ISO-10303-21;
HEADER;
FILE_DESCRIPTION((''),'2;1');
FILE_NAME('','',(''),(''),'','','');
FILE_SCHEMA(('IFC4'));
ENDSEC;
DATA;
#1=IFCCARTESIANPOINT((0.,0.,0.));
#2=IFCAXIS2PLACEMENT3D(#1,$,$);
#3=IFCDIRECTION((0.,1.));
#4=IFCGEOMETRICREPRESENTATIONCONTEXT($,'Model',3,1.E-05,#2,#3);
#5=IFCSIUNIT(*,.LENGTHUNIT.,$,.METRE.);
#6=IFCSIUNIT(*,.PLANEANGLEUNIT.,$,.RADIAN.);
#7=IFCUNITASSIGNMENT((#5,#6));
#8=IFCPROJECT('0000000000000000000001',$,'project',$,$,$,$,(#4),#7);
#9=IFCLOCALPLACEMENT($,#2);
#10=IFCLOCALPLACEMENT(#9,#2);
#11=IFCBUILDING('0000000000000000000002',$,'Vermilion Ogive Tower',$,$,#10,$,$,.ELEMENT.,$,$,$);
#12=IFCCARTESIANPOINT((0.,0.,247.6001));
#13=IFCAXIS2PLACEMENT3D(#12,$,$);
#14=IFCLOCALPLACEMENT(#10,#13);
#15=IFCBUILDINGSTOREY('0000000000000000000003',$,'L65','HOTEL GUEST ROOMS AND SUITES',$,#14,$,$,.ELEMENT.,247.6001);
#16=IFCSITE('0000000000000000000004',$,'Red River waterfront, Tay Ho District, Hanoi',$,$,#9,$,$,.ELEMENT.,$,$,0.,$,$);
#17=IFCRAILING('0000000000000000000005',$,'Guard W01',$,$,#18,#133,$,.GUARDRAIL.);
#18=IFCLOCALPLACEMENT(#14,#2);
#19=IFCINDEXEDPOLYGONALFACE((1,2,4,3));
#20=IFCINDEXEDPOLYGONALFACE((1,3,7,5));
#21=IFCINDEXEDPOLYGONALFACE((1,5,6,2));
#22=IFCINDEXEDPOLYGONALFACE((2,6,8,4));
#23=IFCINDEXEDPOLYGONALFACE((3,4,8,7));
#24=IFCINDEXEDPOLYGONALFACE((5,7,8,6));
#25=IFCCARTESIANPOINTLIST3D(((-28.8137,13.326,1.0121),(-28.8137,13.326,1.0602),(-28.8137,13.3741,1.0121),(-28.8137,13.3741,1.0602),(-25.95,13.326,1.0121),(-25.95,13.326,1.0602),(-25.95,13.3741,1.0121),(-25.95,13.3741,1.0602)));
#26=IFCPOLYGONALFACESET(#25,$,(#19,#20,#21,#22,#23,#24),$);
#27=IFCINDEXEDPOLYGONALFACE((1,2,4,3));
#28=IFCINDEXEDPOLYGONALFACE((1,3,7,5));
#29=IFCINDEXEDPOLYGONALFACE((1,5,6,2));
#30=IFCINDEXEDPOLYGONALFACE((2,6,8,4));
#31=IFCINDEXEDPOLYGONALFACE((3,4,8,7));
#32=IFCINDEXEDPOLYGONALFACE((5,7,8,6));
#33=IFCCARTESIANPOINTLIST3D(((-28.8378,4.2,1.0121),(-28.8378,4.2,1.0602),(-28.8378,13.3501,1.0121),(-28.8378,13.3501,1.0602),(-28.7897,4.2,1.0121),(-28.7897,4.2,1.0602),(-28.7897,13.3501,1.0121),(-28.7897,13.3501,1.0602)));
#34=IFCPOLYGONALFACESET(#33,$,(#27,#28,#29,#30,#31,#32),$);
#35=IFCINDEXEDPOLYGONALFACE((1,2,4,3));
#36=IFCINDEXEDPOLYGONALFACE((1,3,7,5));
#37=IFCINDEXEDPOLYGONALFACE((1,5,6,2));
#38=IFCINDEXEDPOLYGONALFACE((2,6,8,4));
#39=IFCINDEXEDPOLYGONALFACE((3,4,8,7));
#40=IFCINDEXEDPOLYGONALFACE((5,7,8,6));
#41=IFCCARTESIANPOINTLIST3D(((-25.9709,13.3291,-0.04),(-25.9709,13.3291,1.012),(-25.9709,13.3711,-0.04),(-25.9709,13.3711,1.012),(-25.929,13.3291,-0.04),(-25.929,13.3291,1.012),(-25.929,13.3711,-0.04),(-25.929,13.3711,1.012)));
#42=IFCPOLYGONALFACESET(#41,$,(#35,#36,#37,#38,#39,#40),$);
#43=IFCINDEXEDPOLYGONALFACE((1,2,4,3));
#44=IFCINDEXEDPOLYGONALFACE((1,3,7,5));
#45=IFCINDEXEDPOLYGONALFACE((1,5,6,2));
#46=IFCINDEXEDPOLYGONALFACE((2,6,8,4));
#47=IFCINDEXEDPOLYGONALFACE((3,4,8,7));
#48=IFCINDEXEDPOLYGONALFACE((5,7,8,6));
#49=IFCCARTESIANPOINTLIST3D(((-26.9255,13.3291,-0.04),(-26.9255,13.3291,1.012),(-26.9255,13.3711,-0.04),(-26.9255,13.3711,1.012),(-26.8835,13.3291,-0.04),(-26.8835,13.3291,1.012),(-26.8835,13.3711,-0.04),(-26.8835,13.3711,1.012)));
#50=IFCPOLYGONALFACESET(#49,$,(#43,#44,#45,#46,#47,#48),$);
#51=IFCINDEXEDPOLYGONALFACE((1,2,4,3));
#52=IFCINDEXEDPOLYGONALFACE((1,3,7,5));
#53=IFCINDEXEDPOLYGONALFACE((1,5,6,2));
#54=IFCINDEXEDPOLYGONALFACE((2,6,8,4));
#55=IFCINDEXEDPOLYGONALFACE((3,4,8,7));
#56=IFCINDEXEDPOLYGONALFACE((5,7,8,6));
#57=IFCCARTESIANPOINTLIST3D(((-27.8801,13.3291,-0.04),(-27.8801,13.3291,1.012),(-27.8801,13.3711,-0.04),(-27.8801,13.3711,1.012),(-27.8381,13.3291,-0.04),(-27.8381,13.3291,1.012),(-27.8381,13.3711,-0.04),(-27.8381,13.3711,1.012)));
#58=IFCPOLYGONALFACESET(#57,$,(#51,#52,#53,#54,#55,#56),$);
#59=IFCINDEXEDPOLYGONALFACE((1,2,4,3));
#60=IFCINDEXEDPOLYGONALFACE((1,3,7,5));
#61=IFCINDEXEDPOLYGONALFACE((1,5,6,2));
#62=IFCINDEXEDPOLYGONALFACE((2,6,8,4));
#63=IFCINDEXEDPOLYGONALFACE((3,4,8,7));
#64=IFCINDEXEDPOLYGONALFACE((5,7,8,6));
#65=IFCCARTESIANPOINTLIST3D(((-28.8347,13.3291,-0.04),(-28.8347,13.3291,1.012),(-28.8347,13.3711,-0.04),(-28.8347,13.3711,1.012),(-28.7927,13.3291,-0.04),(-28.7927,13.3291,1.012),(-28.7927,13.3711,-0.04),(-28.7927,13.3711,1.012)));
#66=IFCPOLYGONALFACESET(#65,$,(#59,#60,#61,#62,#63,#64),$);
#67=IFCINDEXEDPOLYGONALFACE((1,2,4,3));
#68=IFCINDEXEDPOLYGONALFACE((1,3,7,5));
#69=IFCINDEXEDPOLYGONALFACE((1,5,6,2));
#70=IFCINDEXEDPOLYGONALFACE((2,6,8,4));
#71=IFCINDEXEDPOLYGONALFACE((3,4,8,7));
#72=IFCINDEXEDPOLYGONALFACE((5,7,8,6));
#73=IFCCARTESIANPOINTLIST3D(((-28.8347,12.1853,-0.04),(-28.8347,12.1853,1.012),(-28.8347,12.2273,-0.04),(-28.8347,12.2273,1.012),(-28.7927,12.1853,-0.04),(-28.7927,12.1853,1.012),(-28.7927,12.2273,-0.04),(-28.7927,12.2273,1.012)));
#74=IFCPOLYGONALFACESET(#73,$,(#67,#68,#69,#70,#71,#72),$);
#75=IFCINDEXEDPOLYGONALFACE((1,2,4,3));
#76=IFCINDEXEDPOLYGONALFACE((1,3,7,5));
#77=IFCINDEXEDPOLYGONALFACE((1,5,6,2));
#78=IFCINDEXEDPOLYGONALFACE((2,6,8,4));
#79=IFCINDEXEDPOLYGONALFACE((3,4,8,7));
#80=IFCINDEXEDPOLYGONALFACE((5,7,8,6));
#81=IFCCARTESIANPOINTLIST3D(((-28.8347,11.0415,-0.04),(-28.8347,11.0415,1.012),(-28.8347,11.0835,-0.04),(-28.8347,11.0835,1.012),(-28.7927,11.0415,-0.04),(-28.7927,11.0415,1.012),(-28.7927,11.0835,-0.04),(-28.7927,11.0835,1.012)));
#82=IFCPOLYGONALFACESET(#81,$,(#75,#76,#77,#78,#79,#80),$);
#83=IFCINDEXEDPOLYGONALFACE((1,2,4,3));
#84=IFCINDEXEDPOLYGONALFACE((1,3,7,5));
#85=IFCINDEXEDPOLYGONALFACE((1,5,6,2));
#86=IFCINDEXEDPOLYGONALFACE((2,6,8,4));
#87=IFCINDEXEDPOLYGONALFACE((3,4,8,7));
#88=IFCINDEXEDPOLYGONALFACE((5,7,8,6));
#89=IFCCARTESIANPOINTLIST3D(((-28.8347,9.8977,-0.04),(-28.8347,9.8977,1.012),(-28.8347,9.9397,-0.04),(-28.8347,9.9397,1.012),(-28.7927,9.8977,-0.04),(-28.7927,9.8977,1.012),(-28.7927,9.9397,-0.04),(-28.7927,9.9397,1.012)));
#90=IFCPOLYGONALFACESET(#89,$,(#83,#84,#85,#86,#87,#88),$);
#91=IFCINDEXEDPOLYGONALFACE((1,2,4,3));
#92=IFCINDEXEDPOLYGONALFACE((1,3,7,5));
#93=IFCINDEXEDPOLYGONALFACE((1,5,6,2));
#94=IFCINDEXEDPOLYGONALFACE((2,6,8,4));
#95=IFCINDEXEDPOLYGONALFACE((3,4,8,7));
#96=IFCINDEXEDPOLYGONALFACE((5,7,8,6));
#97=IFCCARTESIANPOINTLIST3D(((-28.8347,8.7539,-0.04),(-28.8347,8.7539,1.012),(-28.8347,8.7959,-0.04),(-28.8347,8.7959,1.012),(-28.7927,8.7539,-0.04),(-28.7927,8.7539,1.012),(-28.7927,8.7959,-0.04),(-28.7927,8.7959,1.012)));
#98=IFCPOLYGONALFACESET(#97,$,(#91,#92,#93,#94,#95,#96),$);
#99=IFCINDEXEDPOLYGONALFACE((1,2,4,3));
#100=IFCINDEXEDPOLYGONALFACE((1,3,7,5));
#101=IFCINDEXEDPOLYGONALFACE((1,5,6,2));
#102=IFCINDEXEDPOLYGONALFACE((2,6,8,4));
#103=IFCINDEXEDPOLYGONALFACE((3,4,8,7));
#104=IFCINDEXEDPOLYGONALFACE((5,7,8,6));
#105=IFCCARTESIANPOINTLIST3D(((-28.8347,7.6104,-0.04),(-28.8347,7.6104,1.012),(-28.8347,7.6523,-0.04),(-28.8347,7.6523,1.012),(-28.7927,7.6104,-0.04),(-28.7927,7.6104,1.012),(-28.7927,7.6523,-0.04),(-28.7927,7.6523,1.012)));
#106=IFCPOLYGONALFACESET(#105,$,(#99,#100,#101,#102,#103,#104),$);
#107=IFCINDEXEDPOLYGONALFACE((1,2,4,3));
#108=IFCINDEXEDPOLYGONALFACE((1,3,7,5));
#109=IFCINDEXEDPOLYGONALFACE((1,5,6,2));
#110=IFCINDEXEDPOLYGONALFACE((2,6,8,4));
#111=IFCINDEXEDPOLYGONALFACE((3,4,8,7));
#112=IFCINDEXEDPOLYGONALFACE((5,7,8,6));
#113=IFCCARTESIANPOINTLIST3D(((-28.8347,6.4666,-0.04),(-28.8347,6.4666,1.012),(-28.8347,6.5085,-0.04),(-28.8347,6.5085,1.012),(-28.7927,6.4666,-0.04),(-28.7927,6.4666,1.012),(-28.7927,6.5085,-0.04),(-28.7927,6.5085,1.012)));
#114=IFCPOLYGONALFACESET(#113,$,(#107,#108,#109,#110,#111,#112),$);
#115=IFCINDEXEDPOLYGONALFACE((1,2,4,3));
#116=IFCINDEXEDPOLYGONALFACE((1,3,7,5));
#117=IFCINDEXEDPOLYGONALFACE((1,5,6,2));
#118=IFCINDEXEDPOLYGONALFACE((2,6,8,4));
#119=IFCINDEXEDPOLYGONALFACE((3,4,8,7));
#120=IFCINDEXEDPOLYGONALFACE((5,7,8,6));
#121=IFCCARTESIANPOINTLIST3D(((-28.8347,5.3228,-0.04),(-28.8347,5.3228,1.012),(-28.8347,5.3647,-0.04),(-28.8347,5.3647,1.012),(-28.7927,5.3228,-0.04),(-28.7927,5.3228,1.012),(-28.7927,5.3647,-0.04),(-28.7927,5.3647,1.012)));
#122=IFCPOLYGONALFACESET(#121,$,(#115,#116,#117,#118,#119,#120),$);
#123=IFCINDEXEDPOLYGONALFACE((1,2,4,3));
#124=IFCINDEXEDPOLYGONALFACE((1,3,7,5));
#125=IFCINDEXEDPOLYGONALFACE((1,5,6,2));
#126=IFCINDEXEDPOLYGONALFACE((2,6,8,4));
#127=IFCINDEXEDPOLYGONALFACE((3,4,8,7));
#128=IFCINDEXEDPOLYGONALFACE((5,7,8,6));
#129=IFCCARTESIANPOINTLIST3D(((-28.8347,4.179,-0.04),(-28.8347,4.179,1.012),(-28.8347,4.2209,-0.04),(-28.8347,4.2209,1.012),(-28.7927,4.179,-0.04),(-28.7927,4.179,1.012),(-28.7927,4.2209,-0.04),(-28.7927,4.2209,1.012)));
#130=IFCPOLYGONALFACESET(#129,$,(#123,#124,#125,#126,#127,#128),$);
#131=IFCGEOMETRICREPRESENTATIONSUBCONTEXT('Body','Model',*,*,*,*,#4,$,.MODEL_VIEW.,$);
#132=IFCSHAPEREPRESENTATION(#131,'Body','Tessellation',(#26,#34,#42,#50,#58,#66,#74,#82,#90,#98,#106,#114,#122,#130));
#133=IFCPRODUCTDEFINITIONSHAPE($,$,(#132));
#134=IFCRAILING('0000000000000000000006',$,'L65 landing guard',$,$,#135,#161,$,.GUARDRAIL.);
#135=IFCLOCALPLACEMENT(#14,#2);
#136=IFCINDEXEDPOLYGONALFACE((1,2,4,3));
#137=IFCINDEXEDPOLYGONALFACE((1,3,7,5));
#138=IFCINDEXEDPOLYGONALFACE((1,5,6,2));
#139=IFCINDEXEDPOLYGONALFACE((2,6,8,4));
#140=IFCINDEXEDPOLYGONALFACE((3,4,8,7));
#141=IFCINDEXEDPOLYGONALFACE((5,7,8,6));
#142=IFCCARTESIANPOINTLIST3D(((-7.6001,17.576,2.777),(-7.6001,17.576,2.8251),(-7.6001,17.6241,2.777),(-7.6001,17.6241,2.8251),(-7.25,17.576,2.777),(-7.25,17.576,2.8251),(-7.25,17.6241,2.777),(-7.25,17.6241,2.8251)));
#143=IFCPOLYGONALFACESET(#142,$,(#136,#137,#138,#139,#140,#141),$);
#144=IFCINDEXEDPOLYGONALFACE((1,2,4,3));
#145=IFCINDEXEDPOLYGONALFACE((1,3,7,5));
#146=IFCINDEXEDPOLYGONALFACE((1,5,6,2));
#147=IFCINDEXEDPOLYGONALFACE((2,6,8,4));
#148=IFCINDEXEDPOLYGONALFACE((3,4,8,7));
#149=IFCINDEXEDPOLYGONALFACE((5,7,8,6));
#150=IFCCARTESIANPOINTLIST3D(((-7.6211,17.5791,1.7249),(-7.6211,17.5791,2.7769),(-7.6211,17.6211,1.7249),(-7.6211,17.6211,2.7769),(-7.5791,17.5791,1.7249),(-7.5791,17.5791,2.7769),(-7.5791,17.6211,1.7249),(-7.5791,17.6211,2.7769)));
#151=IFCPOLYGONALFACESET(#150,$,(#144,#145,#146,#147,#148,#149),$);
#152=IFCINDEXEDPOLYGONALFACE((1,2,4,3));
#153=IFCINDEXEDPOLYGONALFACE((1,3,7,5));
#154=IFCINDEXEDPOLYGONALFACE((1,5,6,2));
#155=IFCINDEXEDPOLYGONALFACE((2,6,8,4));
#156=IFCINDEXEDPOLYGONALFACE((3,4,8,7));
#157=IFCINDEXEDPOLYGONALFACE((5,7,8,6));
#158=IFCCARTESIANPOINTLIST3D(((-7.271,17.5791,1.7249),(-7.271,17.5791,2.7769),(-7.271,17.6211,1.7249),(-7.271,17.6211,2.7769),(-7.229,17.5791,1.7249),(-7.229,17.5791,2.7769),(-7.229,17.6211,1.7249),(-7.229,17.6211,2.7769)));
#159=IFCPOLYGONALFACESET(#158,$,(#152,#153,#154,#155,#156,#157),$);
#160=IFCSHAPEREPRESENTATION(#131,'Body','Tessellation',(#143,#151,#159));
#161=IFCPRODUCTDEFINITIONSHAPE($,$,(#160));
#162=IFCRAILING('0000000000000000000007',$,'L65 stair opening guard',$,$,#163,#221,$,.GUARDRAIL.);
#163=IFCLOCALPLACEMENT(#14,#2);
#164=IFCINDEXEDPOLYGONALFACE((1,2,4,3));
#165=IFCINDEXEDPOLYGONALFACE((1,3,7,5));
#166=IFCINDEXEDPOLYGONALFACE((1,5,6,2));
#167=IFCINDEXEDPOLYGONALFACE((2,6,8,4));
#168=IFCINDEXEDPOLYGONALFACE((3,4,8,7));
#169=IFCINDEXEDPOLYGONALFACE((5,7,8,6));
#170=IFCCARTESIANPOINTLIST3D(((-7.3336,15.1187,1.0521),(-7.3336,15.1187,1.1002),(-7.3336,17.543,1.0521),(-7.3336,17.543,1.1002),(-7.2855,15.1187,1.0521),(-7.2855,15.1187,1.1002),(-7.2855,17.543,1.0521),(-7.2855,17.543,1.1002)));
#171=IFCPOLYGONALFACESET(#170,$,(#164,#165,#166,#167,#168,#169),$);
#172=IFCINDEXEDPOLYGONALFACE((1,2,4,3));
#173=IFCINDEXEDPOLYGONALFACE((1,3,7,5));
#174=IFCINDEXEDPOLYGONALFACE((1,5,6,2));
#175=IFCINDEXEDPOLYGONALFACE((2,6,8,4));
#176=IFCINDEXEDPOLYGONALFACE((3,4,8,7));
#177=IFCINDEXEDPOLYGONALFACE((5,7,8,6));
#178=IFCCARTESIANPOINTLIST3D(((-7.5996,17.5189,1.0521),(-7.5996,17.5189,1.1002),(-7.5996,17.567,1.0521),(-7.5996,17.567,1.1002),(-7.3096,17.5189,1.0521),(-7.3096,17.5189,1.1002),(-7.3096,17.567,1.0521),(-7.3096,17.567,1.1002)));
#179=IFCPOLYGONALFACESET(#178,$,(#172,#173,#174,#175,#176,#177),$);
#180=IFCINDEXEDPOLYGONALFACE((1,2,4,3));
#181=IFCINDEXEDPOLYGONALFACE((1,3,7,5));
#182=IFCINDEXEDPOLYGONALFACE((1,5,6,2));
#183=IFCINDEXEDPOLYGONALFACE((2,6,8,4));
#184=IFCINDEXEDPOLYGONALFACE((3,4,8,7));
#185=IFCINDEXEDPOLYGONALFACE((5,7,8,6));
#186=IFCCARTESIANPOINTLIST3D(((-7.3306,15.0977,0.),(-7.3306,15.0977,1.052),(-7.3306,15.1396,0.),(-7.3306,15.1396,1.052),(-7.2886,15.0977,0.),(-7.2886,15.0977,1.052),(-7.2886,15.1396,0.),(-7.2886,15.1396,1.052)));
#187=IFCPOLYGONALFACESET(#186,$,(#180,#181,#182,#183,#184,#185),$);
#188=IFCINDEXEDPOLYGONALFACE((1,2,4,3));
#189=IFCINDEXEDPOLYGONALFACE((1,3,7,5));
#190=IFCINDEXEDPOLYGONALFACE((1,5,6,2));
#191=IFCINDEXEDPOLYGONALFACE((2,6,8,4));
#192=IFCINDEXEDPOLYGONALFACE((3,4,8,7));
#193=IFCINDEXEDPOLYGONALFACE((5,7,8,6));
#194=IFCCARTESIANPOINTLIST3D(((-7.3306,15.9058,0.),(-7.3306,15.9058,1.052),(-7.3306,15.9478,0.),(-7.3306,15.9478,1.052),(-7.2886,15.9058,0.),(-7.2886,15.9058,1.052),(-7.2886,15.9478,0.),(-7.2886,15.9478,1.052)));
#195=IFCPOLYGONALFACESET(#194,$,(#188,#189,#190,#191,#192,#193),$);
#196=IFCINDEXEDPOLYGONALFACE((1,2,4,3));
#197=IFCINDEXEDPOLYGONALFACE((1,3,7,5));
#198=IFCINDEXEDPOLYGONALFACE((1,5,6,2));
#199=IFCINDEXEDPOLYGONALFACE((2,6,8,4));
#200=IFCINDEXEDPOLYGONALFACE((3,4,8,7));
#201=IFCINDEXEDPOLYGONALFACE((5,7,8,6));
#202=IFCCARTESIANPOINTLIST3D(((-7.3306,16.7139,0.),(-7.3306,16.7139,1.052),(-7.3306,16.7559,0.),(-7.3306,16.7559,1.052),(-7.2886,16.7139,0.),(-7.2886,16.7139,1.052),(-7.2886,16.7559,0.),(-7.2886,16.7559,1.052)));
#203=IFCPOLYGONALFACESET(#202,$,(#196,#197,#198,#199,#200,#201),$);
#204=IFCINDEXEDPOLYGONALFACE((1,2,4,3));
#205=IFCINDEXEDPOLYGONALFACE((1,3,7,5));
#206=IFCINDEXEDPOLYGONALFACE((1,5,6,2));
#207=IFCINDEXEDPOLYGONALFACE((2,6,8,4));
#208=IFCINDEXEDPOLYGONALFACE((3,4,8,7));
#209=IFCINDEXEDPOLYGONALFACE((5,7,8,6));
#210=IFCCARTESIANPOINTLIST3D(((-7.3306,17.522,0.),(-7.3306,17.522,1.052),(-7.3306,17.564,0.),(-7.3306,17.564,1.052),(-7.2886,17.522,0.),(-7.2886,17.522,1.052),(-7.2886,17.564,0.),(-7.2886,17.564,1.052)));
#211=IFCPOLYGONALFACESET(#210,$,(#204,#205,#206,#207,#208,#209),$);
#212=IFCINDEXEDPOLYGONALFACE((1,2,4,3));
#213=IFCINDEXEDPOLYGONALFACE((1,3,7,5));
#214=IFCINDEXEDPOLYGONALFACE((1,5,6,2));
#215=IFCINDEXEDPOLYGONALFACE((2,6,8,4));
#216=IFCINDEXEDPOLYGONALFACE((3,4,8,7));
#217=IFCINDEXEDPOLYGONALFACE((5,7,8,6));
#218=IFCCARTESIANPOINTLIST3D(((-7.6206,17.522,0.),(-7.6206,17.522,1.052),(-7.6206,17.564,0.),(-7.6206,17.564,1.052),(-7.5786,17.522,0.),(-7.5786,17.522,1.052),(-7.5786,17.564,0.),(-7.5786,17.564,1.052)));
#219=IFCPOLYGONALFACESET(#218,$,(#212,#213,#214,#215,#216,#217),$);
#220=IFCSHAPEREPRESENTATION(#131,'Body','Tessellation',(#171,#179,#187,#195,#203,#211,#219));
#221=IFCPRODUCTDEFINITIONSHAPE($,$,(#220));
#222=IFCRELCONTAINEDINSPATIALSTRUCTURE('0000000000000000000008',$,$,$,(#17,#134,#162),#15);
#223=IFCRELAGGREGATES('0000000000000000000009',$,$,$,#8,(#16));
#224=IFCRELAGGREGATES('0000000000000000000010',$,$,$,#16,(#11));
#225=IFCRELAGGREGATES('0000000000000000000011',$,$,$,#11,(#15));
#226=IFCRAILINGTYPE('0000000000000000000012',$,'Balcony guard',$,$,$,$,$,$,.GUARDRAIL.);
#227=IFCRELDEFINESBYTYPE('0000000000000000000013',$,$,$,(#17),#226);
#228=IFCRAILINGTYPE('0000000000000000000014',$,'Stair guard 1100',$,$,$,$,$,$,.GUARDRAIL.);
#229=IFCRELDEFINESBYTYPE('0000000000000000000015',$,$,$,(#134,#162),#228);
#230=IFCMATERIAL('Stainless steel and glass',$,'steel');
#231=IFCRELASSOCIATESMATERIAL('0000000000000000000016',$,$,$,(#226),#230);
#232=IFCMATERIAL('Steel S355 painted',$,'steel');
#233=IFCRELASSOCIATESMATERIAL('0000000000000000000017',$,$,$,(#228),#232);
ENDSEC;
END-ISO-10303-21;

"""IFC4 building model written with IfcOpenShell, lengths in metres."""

from ifc_helpers import new_model, si_unit, direction, frame, origin, origin_2d, place, context, subcontext, project, spatial, rectangle, extrude, material, type_object, element, save


model = new_model("IFC4")

# Units and contexts
model_context = context("Model", 3, precision=1e-05, world=origin(), true_north=direction((0.0, 1.0)))
body_context = subcontext(model_context, "Body", "Model", "MODEL_VIEW")
ifc_project = project(units=[si_unit("LENGTHUNIT", "METRE"), si_unit("PLANEANGLEUNIT", "RADIAN")], contexts=[model_context])

# Site, building, storey
site_placement = place(None, origin())
site = spatial("IfcSite", under=ifc_project, at=site_placement, Name="Red River waterfront, Tay Ho District, Hanoi", CompositionType="ELEMENT", RefElevation=0.0)
building_placement = place(site_placement, origin())
building = spatial("IfcBuilding", under=site, at=building_placement, Name="Vermilion Ogive Tower", CompositionType="ELEMENT")
storey_placement = place(building_placement, frame((0.0, 0.0, 247.6001)))
storey = spatial("IfcBuildingStorey", under=building, at=storey_placement, Name="L65", Description="HOTEL GUEST ROOMS AND SUITES", CompositionType="ELEMENT", Elevation=247.6001)

# Railings
ifc_material_1 = material(Name="Stainless steel and glass", Category="steel")
railing_type_1 = type_object("IfcRailingType", Name="Balcony guard", PredefinedType="GUARDRAIL", material=ifc_material_1)
railing_1_placement = place(storey_placement, frame((-25.95, 13.3501, -0.04)))
element("IfcRailing", 1, at=railing_1_placement, inside=storey, type_object=railing_type_1, Name="Guard W01", PredefinedType="GUARDRAIL", context=body_context, shape_type="SweptSolid", body=[
    extrude(rectangle(XDim=0.0481, YDim=0.0481, at=origin_2d()), frame((0.0, 0.0, 1.0762), z_axis=(-1.0, 0.0, 0.0), x_axis=(0.0, -1.0, 0.0)), (0.0, 0.0, 1.0), 2.8638),
    extrude(rectangle(XDim=0.0481, YDim=0.0481, at=origin_2d()), frame((-2.8638, 0.0, 1.0762), z_axis=(0.0, -1.0, 0.0), x_axis=(1.0, 0.0, 0.0)), (0.0, 0.0, 1.0), 9.1501),
    extrude(rectangle(XDim=0.042, YDim=0.042, at=origin_2d()), origin(), (0.0, 0.0, 1.0), 1.052),
    extrude(rectangle(XDim=0.042, YDim=0.042, at=origin_2d()), frame((-0.9546, 0.0, 0.0)), (0.0, 0.0, 1.0), 1.052),
    extrude(rectangle(XDim=0.042, YDim=0.042, at=origin_2d()), frame((-1.9092, 0.0, 0.0)), (0.0, 0.0, 1.0), 1.052),
    extrude(rectangle(XDim=0.042, YDim=0.042, at=origin_2d()), frame((-2.8638, 0.0, 0.0)), (0.0, 0.0, 1.0), 1.052),
    extrude(rectangle(XDim=0.042, YDim=0.042, at=origin_2d()), frame((-2.8638, -1.1438, 0.0)), (0.0, 0.0, 1.0), 1.052),
    extrude(rectangle(XDim=0.042, YDim=0.042, at=origin_2d()), frame((-2.8638, -2.2876, 0.0)), (0.0, 0.0, 1.0), 1.052),
    extrude(rectangle(XDim=0.042, YDim=0.042, at=origin_2d()), frame((-2.8638, -3.4314, 0.0)), (0.0, 0.0, 1.0), 1.052),
    extrude(rectangle(XDim=0.042, YDim=0.042, at=origin_2d()), frame((-2.8638, -4.5752, 0.0)), (0.0, 0.0, 1.0), 1.052),
    extrude(rectangle(XDim=0.042, YDim=0.042, at=origin_2d()), frame((-2.8638, -5.7188, 0.0)), (0.0, 0.0, 1.0), 1.052),
    extrude(rectangle(XDim=0.042, YDim=0.042, at=origin_2d()), frame((-2.8638, -6.8625, 0.0)), (0.0, 0.0, 1.0), 1.052),
    extrude(rectangle(XDim=0.042, YDim=0.042, at=origin_2d()), frame((-2.8638, -8.0063, 0.0)), (0.0, 0.0, 1.0), 1.052),
    extrude(rectangle(XDim=0.042, YDim=0.042, at=origin_2d()), frame((-2.8638, -9.1501, 0.0)), (0.0, 0.0, 1.0), 1.052),
])
ifc_material_2 = material(Name="Steel S355 painted", Category="steel")
railing_type_2 = type_object("IfcRailingType", Name="Stair guard 1100", PredefinedType="GUARDRAIL", material=ifc_material_2)
railing_2_placement = place(storey_placement, frame((-7.6001, 17.6001, 1.7249)))
element("IfcRailing", 2, at=railing_2_placement, inside=storey, type_object=railing_type_2, Name="L65 landing guard", PredefinedType="GUARDRAIL", context=body_context, shape_type="SweptSolid", body=[
    extrude(rectangle(XDim=0.0481, YDim=0.0481, at=origin_2d()), frame((0.0, 0.0, 1.0762), z_axis=(1.0, 0.0, 0.0), x_axis=(0.0, 1.0, 0.0)), (0.0, 0.0, 1.0), 0.3501),
    extrude(rectangle(XDim=0.042, YDim=0.042, at=origin_2d()), origin(), (0.0, 0.0, 1.0), 1.052),
    extrude(rectangle(XDim=0.042, YDim=0.042, at=origin_2d()), frame((0.3501, 0.0, 0.0)), (0.0, 0.0, 1.0), 1.052),
])
railing_3_placement = place(storey_placement, frame((-7.3096, 15.1187, 0.0)))
element("IfcRailing", 3, at=railing_3_placement, inside=storey, type_object=railing_type_2, Name="L65 stair opening guard", PredefinedType="GUARDRAIL", context=body_context, shape_type="SweptSolid", body=[
    extrude(rectangle(XDim=0.0481, YDim=0.0481, at=origin_2d()), frame((0.0, 0.0, 1.0762), z_axis=(0.0, 1.0, 0.0), x_axis=(-1.0, 0.0, 0.0)), (0.0, 0.0, 1.0), 2.4243),
    extrude(rectangle(XDim=0.0481, YDim=0.0481, at=origin_2d()), frame((0.0, 2.4243, 1.0762), z_axis=(-1.0, 0.0, 0.0), x_axis=(0.0, -1.0, 0.0)), (0.0, 0.0, 1.0), 0.29),
    extrude(rectangle(XDim=0.042, YDim=0.042, at=origin_2d()), origin(), (0.0, 0.0, 1.0), 1.052),
    extrude(rectangle(XDim=0.042, YDim=0.042, at=origin_2d()), frame((0.0, 0.8081, 0.0)), (0.0, 0.0, 1.0), 1.052),
    extrude(rectangle(XDim=0.042, YDim=0.042, at=origin_2d()), frame((0.0, 1.6162, 0.0)), (0.0, 0.0, 1.0), 1.052),
    extrude(rectangle(XDim=0.042, YDim=0.042, at=origin_2d()), frame((0.0, 2.4243, 0.0)), (0.0, 0.0, 1.0), 1.052),
    extrude(rectangle(XDim=0.042, YDim=0.042, at=origin_2d()), frame((-0.29, 2.4243, 0.0)), (0.0, 0.0, 1.0), 1.052),
])

save(model, "model.ifc")
